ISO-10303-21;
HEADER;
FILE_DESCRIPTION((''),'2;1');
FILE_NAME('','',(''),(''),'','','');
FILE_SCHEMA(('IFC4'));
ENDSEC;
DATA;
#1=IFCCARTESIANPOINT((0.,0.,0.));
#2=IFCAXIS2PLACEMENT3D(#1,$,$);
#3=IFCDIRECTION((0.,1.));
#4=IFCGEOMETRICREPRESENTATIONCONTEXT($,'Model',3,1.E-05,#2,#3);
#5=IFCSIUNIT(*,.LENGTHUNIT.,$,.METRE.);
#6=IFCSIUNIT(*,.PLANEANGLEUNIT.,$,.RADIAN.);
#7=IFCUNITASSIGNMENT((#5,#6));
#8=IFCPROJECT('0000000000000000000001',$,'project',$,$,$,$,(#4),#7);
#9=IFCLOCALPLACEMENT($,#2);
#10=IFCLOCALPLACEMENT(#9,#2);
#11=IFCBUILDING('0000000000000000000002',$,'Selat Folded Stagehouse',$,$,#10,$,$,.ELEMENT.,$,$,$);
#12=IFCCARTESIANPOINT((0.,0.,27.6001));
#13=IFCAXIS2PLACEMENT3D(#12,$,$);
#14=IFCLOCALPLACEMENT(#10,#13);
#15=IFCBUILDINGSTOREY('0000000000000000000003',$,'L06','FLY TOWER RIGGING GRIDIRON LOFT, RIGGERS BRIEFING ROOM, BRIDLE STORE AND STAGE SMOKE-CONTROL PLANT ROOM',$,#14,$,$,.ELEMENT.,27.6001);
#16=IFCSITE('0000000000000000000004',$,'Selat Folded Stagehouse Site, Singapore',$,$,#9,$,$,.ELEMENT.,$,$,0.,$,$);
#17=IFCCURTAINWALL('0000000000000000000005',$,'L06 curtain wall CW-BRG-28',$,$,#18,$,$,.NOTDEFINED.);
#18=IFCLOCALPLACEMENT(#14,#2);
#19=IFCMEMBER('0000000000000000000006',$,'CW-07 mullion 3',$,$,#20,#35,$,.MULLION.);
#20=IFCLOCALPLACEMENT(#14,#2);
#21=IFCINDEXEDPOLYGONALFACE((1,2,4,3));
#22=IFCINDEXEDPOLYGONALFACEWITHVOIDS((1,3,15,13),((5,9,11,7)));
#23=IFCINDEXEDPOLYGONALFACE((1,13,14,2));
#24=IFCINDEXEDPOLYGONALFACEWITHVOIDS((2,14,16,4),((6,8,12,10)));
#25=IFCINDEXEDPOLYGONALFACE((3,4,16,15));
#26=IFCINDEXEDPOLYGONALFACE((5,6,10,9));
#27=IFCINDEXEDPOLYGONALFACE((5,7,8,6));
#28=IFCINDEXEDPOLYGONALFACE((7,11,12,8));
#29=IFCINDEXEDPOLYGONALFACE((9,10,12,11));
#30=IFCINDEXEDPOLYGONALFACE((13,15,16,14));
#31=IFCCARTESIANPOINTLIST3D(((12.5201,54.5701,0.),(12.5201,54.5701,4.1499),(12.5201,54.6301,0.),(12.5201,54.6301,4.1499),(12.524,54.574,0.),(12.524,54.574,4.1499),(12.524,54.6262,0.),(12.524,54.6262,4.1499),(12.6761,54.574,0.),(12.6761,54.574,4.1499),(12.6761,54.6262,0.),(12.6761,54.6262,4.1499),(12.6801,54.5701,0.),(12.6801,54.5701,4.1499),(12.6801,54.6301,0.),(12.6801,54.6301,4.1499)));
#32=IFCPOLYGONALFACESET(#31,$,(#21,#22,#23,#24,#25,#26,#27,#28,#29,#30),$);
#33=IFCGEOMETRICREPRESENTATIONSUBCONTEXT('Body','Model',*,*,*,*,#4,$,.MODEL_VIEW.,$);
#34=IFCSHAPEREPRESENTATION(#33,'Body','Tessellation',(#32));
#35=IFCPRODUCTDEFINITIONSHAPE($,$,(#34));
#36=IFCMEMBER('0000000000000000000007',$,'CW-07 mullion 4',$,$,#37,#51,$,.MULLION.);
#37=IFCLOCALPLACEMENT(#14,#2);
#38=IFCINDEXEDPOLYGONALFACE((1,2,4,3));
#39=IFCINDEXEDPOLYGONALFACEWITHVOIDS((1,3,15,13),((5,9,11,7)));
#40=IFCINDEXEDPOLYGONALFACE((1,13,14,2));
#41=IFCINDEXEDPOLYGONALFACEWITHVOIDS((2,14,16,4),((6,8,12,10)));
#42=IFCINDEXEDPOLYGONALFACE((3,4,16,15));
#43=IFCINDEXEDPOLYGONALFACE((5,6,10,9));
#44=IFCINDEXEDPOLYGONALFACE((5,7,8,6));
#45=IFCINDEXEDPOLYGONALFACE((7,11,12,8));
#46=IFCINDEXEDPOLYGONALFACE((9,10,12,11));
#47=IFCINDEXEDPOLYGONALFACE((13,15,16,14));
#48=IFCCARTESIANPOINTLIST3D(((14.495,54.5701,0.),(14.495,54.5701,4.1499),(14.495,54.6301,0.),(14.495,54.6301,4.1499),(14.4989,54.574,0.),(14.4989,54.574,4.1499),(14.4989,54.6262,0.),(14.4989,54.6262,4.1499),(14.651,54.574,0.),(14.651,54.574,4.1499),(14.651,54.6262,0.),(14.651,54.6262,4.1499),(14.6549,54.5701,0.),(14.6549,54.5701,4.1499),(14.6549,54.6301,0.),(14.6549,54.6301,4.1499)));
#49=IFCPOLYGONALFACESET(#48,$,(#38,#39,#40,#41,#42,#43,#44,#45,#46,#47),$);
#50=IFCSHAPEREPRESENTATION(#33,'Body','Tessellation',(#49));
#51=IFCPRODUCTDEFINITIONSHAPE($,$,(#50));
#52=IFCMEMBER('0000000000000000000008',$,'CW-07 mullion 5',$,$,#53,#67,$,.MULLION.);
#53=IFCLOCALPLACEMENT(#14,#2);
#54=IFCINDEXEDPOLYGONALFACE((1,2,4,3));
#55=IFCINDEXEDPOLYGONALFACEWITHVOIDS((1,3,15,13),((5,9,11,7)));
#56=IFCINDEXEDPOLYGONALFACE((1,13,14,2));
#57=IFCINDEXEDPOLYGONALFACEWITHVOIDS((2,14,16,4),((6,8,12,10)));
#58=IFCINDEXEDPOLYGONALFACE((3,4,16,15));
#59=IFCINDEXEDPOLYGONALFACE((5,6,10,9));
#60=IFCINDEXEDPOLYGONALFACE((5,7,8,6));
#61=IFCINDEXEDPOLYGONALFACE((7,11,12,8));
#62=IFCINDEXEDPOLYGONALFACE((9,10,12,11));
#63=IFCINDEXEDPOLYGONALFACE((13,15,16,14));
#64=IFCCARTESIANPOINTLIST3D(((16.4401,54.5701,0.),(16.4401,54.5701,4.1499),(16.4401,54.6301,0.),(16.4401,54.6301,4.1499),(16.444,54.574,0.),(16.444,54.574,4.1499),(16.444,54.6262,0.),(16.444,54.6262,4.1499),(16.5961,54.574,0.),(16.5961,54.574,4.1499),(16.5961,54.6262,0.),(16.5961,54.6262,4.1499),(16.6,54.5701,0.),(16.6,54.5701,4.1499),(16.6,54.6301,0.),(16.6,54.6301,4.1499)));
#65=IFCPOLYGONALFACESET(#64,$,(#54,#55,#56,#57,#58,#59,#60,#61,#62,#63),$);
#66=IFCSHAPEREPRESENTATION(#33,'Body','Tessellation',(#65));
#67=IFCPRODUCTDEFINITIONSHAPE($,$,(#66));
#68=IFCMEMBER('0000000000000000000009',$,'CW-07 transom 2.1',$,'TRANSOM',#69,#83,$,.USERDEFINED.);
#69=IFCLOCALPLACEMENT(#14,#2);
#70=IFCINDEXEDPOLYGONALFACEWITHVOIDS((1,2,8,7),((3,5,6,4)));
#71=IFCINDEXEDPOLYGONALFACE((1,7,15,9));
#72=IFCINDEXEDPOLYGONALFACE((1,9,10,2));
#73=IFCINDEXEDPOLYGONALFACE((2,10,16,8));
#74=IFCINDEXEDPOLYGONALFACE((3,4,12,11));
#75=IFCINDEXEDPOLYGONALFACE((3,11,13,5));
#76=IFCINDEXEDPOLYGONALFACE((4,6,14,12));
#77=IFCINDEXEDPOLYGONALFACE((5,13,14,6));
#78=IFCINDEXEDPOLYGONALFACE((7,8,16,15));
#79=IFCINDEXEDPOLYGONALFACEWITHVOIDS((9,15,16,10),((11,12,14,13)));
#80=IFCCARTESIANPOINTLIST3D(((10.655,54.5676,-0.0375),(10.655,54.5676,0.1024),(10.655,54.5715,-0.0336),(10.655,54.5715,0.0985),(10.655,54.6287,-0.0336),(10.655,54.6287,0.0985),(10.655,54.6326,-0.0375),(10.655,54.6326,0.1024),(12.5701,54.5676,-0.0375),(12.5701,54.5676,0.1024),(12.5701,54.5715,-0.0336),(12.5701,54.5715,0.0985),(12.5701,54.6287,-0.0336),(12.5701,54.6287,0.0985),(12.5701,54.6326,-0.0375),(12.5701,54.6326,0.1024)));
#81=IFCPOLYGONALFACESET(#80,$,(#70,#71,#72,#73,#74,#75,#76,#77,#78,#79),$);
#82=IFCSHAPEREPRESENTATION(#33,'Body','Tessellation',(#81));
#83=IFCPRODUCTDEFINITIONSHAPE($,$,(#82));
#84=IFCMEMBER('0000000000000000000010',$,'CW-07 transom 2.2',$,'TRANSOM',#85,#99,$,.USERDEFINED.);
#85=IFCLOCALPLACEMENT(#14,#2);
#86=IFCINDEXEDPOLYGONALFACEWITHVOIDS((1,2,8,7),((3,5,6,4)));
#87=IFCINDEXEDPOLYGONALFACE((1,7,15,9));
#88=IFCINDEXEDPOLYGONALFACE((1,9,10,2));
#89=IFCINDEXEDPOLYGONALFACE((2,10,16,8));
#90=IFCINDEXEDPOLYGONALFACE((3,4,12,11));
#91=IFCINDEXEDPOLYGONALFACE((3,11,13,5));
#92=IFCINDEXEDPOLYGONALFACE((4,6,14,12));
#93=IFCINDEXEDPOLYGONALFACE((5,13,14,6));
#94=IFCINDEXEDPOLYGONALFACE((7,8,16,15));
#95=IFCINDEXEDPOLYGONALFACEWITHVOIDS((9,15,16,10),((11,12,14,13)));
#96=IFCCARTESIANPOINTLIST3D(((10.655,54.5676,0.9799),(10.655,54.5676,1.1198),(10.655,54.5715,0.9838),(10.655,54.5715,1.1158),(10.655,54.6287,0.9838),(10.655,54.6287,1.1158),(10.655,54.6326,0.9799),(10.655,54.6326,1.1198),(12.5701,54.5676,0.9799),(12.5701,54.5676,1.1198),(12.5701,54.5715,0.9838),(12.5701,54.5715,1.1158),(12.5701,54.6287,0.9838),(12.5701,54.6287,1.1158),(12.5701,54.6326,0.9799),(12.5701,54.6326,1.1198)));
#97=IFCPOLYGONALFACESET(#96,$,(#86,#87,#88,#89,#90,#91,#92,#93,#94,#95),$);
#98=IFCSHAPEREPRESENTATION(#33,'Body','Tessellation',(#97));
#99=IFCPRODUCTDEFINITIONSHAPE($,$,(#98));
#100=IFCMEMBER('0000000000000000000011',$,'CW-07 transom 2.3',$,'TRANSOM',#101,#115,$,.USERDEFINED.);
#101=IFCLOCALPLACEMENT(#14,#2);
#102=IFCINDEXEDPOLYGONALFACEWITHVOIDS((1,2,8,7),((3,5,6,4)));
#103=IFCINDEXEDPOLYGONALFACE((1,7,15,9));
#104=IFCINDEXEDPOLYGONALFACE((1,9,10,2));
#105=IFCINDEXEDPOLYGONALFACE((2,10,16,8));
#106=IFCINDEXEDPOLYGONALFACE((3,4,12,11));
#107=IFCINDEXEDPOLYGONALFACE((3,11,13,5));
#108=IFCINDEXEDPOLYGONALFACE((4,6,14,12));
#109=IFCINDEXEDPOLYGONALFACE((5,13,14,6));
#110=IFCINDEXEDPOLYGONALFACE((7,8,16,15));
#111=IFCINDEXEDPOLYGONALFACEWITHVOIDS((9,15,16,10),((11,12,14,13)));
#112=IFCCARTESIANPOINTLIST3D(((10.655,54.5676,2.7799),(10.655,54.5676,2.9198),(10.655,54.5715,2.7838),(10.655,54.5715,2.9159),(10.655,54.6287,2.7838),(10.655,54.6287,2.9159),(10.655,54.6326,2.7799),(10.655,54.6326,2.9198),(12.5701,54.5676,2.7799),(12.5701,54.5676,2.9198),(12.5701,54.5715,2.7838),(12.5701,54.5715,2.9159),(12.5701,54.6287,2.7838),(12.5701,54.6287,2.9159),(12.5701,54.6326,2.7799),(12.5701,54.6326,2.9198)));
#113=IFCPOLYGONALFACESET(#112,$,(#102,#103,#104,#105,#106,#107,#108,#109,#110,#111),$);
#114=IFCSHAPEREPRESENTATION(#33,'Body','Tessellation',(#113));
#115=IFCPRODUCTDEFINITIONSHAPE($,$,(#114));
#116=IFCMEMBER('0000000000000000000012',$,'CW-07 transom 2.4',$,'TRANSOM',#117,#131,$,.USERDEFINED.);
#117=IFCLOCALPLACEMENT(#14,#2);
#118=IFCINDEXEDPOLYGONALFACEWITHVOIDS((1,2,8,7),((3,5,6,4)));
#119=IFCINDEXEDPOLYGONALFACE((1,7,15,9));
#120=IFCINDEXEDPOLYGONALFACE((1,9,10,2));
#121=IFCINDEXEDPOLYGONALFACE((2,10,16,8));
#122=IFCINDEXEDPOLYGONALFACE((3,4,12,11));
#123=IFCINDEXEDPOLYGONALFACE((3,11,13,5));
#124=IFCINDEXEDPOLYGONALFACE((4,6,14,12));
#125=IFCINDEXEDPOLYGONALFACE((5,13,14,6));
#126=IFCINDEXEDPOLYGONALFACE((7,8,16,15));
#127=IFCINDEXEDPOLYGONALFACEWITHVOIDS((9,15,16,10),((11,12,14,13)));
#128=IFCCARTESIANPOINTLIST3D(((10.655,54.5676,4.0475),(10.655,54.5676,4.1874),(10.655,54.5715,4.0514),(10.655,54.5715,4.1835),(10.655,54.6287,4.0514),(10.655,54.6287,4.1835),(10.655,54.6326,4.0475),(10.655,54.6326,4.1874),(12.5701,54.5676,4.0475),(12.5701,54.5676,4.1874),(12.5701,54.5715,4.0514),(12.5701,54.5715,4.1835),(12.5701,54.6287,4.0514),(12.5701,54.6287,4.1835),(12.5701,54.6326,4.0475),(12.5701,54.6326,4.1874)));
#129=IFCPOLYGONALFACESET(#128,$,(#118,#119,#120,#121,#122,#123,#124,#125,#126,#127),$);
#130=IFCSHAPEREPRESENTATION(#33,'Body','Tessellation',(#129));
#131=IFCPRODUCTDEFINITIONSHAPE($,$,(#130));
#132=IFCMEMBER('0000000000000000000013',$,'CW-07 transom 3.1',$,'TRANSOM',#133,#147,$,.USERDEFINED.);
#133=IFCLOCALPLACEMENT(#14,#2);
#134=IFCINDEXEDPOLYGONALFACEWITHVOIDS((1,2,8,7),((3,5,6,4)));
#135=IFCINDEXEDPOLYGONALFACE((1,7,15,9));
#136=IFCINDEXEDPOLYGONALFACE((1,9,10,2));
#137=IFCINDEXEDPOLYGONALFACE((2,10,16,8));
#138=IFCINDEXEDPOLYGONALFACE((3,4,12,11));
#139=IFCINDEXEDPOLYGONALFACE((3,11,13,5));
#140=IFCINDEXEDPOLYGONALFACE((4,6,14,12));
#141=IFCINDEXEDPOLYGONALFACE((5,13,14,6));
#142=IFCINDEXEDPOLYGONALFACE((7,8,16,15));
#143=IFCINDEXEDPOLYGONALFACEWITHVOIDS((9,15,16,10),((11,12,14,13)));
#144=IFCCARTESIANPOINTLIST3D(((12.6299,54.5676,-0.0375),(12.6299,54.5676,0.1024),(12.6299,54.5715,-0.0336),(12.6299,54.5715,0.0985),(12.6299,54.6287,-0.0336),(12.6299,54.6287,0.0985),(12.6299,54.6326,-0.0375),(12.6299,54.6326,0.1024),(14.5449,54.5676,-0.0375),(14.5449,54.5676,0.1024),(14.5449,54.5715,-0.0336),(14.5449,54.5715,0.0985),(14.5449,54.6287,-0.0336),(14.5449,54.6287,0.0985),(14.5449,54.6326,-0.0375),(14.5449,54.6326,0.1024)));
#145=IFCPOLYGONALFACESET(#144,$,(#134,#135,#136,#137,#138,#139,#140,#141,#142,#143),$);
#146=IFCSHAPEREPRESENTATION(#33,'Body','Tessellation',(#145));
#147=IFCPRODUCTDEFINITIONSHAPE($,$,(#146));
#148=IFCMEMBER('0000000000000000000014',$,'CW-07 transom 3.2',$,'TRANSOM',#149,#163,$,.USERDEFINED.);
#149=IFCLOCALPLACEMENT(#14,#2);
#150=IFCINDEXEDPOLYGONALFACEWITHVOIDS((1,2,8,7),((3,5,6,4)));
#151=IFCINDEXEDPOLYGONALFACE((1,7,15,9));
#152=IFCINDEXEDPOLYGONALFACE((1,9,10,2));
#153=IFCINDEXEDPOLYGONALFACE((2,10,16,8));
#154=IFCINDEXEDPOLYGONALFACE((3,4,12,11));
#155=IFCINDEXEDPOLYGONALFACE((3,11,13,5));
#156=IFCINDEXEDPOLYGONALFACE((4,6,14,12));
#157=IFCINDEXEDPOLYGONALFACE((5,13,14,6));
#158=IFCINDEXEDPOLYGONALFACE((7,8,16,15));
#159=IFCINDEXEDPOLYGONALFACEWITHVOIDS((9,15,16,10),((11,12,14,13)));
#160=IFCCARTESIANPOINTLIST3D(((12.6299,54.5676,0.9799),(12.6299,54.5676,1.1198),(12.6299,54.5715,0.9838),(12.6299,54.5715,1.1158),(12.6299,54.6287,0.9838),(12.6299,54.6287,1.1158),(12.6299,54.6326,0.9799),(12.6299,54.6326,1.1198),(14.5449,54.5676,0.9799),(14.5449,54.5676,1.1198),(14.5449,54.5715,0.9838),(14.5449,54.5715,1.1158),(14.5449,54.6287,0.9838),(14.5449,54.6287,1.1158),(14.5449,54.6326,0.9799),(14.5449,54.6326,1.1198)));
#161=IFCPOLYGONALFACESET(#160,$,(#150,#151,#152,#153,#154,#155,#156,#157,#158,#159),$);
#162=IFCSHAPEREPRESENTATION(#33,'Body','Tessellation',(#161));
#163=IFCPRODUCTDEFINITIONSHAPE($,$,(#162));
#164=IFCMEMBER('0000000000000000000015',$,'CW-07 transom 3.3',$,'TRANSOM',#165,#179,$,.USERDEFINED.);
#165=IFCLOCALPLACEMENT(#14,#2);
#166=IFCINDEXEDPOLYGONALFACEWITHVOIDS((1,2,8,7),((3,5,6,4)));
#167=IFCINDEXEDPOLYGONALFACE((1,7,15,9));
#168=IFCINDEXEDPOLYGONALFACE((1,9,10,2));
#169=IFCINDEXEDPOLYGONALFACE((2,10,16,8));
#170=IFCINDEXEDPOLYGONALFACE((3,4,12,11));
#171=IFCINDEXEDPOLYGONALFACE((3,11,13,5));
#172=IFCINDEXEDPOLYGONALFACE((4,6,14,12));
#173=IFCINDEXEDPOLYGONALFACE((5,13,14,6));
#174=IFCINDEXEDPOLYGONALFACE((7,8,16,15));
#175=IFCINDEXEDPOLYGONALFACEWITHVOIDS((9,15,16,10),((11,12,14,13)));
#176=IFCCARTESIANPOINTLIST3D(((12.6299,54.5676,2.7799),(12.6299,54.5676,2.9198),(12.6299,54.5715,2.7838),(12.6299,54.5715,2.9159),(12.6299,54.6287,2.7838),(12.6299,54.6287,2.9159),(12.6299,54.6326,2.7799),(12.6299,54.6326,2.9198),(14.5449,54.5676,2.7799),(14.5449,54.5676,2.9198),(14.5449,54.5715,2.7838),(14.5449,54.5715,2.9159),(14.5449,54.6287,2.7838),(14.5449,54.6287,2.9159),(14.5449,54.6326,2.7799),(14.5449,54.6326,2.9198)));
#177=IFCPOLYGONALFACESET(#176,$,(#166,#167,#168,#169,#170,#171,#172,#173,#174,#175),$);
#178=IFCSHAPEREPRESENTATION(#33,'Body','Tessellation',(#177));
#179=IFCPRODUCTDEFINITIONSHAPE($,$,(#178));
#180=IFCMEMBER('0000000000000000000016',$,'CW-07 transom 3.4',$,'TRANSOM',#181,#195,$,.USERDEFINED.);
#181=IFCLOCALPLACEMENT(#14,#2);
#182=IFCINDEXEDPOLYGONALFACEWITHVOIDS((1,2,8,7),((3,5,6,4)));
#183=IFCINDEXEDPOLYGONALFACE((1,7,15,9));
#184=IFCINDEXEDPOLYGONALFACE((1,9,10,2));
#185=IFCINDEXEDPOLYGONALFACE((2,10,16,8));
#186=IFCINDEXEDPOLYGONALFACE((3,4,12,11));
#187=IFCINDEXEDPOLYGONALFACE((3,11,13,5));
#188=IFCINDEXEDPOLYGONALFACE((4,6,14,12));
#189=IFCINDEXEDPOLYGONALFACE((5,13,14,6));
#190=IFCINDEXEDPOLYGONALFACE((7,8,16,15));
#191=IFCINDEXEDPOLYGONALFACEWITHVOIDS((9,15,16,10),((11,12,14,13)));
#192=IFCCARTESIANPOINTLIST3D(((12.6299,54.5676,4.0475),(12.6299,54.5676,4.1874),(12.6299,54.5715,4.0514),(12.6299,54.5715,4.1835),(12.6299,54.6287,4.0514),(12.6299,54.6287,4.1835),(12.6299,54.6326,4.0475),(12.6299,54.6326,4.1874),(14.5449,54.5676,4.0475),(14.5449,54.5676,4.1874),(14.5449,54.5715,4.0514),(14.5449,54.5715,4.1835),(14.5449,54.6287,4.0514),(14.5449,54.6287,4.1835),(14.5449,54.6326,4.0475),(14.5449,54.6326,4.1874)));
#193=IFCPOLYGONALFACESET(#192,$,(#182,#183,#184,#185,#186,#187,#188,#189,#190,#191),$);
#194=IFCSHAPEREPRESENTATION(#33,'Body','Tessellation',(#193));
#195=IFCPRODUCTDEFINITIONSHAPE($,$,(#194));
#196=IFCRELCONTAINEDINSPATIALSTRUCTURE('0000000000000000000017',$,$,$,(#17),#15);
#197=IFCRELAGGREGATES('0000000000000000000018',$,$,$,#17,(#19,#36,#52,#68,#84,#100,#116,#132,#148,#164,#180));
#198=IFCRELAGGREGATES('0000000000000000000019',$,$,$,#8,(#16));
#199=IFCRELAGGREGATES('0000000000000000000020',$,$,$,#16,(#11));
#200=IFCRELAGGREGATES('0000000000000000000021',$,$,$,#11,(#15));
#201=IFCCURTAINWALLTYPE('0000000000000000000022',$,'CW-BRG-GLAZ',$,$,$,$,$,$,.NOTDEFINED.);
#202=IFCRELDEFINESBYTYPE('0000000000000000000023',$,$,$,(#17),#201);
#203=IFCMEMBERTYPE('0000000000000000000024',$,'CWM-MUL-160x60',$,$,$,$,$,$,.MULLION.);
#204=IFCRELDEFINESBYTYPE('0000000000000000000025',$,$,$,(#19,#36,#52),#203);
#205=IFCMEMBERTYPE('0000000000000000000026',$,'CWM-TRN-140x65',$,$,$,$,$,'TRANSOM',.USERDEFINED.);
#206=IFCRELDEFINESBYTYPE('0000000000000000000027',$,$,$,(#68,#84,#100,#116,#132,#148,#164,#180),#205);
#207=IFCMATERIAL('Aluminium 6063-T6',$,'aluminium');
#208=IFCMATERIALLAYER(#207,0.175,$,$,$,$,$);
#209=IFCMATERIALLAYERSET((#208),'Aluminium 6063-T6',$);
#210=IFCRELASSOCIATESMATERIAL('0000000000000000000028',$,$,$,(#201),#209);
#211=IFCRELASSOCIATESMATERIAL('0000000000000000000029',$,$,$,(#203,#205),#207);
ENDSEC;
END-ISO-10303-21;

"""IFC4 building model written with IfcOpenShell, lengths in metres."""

from ifc_helpers import new_model, si_unit, direction, frame, origin, origin_2d, place, context, subcontext, project, spatial, hollow_rectangle, extrude, material, layer, layer_set, material_profile, profile_set, type_object, element, aggregate, save


model = new_model("IFC4")

# Units and contexts
model_context = context("Model", 3, precision=1e-05, world=origin(), true_north=direction((0.0, 1.0)))
body_context = subcontext(model_context, "Body", "Model", "MODEL_VIEW")
ifc_project = project(units=[si_unit("LENGTHUNIT", "METRE"), si_unit("PLANEANGLEUNIT", "RADIAN")], contexts=[model_context])

# Site, building, storey
site_placement = place(None, origin())
site = spatial("IfcSite", under=ifc_project, at=site_placement, Name="Selat Folded Stagehouse Site, Singapore", CompositionType="ELEMENT", RefElevation=0.0)
building_placement = place(site_placement, origin())
building = spatial("IfcBuilding", under=site, at=building_placement, Name="Selat Folded Stagehouse", CompositionType="ELEMENT")
storey_placement = place(building_placement, frame((0.0, 0.0, 27.6001)))
storey = spatial("IfcBuildingStorey", under=building, at=storey_placement, Name="L06", Description="FLY TOWER RIGGING GRIDIRON LOFT, RIGGERS BRIEFING ROOM, BRIDLE STORE AND STAGE SMOKE-CONTROL PLANT ROOM", CompositionType="ELEMENT", Elevation=27.6001)

# Curtain wall, members
ifc_material_1 = material(Name="Aluminium 6063-T6", Category="aluminium")
ifc_layer_1 = layer(ifc_material_1, 0.175)
ifc_layer_set_1 = layer_set([ifc_layer_1], Name="Aluminium 6063-T6")
curtain_wall_type = type_object("IfcCurtainWallType", Name="CW-BRG-GLAZ", PredefinedType="NOTDEFINED", material=ifc_layer_set_1)
curtain_wall_placement = place(storey_placement, origin())
curtain_wall = element("IfcCurtainWall", 1, at=curtain_wall_placement, inside=storey, type_object=curtain_wall_type, Name="L06 curtain wall CW-BRG-28", PredefinedType="NOTDEFINED")
ifc_material_profile_1 = material_profile(ifc_material_1, hollow_rectangle(XDim=0.0601, YDim=0.1599, WallThickness=0.0039, at=origin_2d()), Name="ALU 160x60x4.0")
ifc_profile_set_1 = profile_set([ifc_material_profile_1], Name="Aluminium 6063-T6")
member_type_1 = type_object("IfcMemberType", Name="CWM-MUL-160x60", PredefinedType="MULLION", material=ifc_profile_set_1)
member_1_placement = place(storey_placement, frame((12.6001, 54.6001, 0.0), z_axis=(0.0, 0.0, 1.0), x_axis=(0.0, 1.0, 0.0)))
member_1 = element("IfcMember", 2, at=member_1_placement, type_object=member_type_1, Name="CW-07 mullion 3", PredefinedType="MULLION", context=body_context, shape_type="SweptSolid", body=[
    extrude(hollow_rectangle(XDim=0.0601, YDim=0.1599, WallThickness=0.0039, at=origin_2d()), origin(), (0.0, 0.0, 1.0), 4.1499),
])
member_2_placement = place(storey_placement, frame((14.575, 54.6001, 0.0), z_axis=(0.0, 0.0, 1.0), x_axis=(0.0, 1.0, 0.0)))
member_2 = element("IfcMember", 3, at=member_2_placement, type_object=member_type_1, Name="CW-07 mullion 4", PredefinedType="MULLION", context=body_context, shape_type="SweptSolid", body=[
    extrude(hollow_rectangle(XDim=0.0601, YDim=0.1599, WallThickness=0.0039, at=origin_2d()), origin(), (0.0, 0.0, 1.0), 4.1499),
])
member_3_placement = place(storey_placement, frame((16.52, 54.6001, 0.0), z_axis=(0.0, 0.0, 1.0), x_axis=(0.0, 1.0, 0.0)))
member_3 = element("IfcMember", 4, at=member_3_placement, type_object=member_type_1, Name="CW-07 mullion 5", PredefinedType="MULLION", context=body_context, shape_type="SweptSolid", body=[
    extrude(hollow_rectangle(XDim=0.0601, YDim=0.1599, WallThickness=0.0039, at=origin_2d()), origin(), (0.0, 0.0, 1.0), 4.1499),
])
ifc_material_profile_2 = material_profile(ifc_material_1, hollow_rectangle(XDim=0.0649, YDim=0.1399, WallThickness=0.0039, at=origin_2d()), Name="ALU 140x65x4.0")
ifc_profile_set_2 = profile_set([ifc_material_profile_2], Name="Aluminium 6063-T6")
member_type_2 = type_object("IfcMemberType", Name="CWM-TRN-140x65", ElementType="TRANSOM", PredefinedType="USERDEFINED", material=ifc_profile_set_2)
member_4_placement = place(storey_placement, frame((10.655, 54.6001, 0.0325), z_axis=(1.0, 0.0, 0.0), x_axis=(0.0, 1.0, 0.0)))
member_4 = element("IfcMember", 5, at=member_4_placement, type_object=member_type_2, Name="CW-07 transom 2.1", ObjectType="TRANSOM", PredefinedType="USERDEFINED", context=body_context, shape_type="SweptSolid", body=[
    extrude(hollow_rectangle(XDim=0.0649, YDim=0.1399, WallThickness=0.0039, at=origin_2d()), origin(), (0.0, 0.0, 1.0), 1.915),
])
member_5_placement = place(storey_placement, frame((10.655, 54.6001, 1.0498), z_axis=(1.0, 0.0, 0.0), x_axis=(0.0, 1.0, 0.0)))
member_5 = element("IfcMember", 6, at=member_5_placement, type_object=member_type_2, Name="CW-07 transom 2.2", ObjectType="TRANSOM", PredefinedType="USERDEFINED", context=body_context, shape_type="SweptSolid", body=[
    extrude(hollow_rectangle(XDim=0.0649, YDim=0.1399, WallThickness=0.0039, at=origin_2d()), origin(), (0.0, 0.0, 1.0), 1.915),
])
member_6_placement = place(storey_placement, frame((10.655, 54.6001, 2.8499), z_axis=(1.0, 0.0, 0.0), x_axis=(0.0, 1.0, 0.0)))
member_6 = element("IfcMember", 7, at=member_6_placement, type_object=member_type_2, Name="CW-07 transom 2.3", ObjectType="TRANSOM", PredefinedType="USERDEFINED", context=body_context, shape_type="SweptSolid", body=[
    extrude(hollow_rectangle(XDim=0.0649, YDim=0.1399, WallThickness=0.0039, at=origin_2d()), origin(), (0.0, 0.0, 1.0), 1.915),
])
member_7_placement = place(storey_placement, frame((10.655, 54.6001, 4.1174), z_axis=(1.0, 0.0, 0.0), x_axis=(0.0, 1.0, 0.0)))
member_7 = element("IfcMember", 8, at=member_7_placement, type_object=member_type_2, Name="CW-07 transom 2.4", ObjectType="TRANSOM", PredefinedType="USERDEFINED", context=body_context, shape_type="SweptSolid", body=[
    extrude(hollow_rectangle(XDim=0.0649, YDim=0.1399, WallThickness=0.0039, at=origin_2d()), origin(), (0.0, 0.0, 1.0), 1.915),
])
member_8_placement = place(storey_placement, frame((12.6299, 54.6001, 0.0325), z_axis=(1.0, 0.0, 0.0), x_axis=(0.0, 1.0, 0.0)))
member_8 = element("IfcMember", 9, at=member_8_placement, type_object=member_type_2, Name="CW-07 transom 3.1", ObjectType="TRANSOM", PredefinedType="USERDEFINED", context=body_context, shape_type="SweptSolid", body=[
    extrude(hollow_rectangle(XDim=0.0649, YDim=0.1399, WallThickness=0.0039, at=origin_2d()), origin(), (0.0, 0.0, 1.0), 1.915),
])
member_9_placement = place(storey_placement, frame((12.6299, 54.6001, 1.0498), z_axis=(1.0, 0.0, 0.0), x_axis=(0.0, 1.0, 0.0)))
member_9 = element("IfcMember", 10, at=member_9_placement, type_object=member_type_2, Name="CW-07 transom 3.2", ObjectType="TRANSOM", PredefinedType="USERDEFINED", context=body_context, shape_type="SweptSolid", body=[
    extrude(hollow_rectangle(XDim=0.0649, YDim=0.1399, WallThickness=0.0039, at=origin_2d()), origin(), (0.0, 0.0, 1.0), 1.915),
])
member_10_placement = place(storey_placement, frame((12.6299, 54.6001, 2.8499), z_axis=(1.0, 0.0, 0.0), x_axis=(0.0, 1.0, 0.0)))
member_10 = element("IfcMember", 11, at=member_10_placement, type_object=member_type_2, Name="CW-07 transom 3.3", ObjectType="TRANSOM", PredefinedType="USERDEFINED", context=body_context, shape_type="SweptSolid", body=[
    extrude(hollow_rectangle(XDim=0.0649, YDim=0.1399, WallThickness=0.0039, at=origin_2d()), origin(), (0.0, 0.0, 1.0), 1.915),
])
member_11_placement = place(storey_placement, frame((12.6299, 54.6001, 4.1174), z_axis=(1.0, 0.0, 0.0), x_axis=(0.0, 1.0, 0.0)))
member_11 = element("IfcMember", 12, at=member_11_placement, type_object=member_type_2, Name="CW-07 transom 3.4", ObjectType="TRANSOM", PredefinedType="USERDEFINED", context=body_context, shape_type="SweptSolid", body=[
    extrude(hollow_rectangle(XDim=0.0649, YDim=0.1399, WallThickness=0.0039, at=origin_2d()), origin(), (0.0, 0.0, 1.0), 1.915),
])
aggregate(curtain_wall, [member_1, member_2, member_3, member_4, member_5, member_6, member_7, member_8, member_9, member_10, member_11])

save(model, "model.ifc")
